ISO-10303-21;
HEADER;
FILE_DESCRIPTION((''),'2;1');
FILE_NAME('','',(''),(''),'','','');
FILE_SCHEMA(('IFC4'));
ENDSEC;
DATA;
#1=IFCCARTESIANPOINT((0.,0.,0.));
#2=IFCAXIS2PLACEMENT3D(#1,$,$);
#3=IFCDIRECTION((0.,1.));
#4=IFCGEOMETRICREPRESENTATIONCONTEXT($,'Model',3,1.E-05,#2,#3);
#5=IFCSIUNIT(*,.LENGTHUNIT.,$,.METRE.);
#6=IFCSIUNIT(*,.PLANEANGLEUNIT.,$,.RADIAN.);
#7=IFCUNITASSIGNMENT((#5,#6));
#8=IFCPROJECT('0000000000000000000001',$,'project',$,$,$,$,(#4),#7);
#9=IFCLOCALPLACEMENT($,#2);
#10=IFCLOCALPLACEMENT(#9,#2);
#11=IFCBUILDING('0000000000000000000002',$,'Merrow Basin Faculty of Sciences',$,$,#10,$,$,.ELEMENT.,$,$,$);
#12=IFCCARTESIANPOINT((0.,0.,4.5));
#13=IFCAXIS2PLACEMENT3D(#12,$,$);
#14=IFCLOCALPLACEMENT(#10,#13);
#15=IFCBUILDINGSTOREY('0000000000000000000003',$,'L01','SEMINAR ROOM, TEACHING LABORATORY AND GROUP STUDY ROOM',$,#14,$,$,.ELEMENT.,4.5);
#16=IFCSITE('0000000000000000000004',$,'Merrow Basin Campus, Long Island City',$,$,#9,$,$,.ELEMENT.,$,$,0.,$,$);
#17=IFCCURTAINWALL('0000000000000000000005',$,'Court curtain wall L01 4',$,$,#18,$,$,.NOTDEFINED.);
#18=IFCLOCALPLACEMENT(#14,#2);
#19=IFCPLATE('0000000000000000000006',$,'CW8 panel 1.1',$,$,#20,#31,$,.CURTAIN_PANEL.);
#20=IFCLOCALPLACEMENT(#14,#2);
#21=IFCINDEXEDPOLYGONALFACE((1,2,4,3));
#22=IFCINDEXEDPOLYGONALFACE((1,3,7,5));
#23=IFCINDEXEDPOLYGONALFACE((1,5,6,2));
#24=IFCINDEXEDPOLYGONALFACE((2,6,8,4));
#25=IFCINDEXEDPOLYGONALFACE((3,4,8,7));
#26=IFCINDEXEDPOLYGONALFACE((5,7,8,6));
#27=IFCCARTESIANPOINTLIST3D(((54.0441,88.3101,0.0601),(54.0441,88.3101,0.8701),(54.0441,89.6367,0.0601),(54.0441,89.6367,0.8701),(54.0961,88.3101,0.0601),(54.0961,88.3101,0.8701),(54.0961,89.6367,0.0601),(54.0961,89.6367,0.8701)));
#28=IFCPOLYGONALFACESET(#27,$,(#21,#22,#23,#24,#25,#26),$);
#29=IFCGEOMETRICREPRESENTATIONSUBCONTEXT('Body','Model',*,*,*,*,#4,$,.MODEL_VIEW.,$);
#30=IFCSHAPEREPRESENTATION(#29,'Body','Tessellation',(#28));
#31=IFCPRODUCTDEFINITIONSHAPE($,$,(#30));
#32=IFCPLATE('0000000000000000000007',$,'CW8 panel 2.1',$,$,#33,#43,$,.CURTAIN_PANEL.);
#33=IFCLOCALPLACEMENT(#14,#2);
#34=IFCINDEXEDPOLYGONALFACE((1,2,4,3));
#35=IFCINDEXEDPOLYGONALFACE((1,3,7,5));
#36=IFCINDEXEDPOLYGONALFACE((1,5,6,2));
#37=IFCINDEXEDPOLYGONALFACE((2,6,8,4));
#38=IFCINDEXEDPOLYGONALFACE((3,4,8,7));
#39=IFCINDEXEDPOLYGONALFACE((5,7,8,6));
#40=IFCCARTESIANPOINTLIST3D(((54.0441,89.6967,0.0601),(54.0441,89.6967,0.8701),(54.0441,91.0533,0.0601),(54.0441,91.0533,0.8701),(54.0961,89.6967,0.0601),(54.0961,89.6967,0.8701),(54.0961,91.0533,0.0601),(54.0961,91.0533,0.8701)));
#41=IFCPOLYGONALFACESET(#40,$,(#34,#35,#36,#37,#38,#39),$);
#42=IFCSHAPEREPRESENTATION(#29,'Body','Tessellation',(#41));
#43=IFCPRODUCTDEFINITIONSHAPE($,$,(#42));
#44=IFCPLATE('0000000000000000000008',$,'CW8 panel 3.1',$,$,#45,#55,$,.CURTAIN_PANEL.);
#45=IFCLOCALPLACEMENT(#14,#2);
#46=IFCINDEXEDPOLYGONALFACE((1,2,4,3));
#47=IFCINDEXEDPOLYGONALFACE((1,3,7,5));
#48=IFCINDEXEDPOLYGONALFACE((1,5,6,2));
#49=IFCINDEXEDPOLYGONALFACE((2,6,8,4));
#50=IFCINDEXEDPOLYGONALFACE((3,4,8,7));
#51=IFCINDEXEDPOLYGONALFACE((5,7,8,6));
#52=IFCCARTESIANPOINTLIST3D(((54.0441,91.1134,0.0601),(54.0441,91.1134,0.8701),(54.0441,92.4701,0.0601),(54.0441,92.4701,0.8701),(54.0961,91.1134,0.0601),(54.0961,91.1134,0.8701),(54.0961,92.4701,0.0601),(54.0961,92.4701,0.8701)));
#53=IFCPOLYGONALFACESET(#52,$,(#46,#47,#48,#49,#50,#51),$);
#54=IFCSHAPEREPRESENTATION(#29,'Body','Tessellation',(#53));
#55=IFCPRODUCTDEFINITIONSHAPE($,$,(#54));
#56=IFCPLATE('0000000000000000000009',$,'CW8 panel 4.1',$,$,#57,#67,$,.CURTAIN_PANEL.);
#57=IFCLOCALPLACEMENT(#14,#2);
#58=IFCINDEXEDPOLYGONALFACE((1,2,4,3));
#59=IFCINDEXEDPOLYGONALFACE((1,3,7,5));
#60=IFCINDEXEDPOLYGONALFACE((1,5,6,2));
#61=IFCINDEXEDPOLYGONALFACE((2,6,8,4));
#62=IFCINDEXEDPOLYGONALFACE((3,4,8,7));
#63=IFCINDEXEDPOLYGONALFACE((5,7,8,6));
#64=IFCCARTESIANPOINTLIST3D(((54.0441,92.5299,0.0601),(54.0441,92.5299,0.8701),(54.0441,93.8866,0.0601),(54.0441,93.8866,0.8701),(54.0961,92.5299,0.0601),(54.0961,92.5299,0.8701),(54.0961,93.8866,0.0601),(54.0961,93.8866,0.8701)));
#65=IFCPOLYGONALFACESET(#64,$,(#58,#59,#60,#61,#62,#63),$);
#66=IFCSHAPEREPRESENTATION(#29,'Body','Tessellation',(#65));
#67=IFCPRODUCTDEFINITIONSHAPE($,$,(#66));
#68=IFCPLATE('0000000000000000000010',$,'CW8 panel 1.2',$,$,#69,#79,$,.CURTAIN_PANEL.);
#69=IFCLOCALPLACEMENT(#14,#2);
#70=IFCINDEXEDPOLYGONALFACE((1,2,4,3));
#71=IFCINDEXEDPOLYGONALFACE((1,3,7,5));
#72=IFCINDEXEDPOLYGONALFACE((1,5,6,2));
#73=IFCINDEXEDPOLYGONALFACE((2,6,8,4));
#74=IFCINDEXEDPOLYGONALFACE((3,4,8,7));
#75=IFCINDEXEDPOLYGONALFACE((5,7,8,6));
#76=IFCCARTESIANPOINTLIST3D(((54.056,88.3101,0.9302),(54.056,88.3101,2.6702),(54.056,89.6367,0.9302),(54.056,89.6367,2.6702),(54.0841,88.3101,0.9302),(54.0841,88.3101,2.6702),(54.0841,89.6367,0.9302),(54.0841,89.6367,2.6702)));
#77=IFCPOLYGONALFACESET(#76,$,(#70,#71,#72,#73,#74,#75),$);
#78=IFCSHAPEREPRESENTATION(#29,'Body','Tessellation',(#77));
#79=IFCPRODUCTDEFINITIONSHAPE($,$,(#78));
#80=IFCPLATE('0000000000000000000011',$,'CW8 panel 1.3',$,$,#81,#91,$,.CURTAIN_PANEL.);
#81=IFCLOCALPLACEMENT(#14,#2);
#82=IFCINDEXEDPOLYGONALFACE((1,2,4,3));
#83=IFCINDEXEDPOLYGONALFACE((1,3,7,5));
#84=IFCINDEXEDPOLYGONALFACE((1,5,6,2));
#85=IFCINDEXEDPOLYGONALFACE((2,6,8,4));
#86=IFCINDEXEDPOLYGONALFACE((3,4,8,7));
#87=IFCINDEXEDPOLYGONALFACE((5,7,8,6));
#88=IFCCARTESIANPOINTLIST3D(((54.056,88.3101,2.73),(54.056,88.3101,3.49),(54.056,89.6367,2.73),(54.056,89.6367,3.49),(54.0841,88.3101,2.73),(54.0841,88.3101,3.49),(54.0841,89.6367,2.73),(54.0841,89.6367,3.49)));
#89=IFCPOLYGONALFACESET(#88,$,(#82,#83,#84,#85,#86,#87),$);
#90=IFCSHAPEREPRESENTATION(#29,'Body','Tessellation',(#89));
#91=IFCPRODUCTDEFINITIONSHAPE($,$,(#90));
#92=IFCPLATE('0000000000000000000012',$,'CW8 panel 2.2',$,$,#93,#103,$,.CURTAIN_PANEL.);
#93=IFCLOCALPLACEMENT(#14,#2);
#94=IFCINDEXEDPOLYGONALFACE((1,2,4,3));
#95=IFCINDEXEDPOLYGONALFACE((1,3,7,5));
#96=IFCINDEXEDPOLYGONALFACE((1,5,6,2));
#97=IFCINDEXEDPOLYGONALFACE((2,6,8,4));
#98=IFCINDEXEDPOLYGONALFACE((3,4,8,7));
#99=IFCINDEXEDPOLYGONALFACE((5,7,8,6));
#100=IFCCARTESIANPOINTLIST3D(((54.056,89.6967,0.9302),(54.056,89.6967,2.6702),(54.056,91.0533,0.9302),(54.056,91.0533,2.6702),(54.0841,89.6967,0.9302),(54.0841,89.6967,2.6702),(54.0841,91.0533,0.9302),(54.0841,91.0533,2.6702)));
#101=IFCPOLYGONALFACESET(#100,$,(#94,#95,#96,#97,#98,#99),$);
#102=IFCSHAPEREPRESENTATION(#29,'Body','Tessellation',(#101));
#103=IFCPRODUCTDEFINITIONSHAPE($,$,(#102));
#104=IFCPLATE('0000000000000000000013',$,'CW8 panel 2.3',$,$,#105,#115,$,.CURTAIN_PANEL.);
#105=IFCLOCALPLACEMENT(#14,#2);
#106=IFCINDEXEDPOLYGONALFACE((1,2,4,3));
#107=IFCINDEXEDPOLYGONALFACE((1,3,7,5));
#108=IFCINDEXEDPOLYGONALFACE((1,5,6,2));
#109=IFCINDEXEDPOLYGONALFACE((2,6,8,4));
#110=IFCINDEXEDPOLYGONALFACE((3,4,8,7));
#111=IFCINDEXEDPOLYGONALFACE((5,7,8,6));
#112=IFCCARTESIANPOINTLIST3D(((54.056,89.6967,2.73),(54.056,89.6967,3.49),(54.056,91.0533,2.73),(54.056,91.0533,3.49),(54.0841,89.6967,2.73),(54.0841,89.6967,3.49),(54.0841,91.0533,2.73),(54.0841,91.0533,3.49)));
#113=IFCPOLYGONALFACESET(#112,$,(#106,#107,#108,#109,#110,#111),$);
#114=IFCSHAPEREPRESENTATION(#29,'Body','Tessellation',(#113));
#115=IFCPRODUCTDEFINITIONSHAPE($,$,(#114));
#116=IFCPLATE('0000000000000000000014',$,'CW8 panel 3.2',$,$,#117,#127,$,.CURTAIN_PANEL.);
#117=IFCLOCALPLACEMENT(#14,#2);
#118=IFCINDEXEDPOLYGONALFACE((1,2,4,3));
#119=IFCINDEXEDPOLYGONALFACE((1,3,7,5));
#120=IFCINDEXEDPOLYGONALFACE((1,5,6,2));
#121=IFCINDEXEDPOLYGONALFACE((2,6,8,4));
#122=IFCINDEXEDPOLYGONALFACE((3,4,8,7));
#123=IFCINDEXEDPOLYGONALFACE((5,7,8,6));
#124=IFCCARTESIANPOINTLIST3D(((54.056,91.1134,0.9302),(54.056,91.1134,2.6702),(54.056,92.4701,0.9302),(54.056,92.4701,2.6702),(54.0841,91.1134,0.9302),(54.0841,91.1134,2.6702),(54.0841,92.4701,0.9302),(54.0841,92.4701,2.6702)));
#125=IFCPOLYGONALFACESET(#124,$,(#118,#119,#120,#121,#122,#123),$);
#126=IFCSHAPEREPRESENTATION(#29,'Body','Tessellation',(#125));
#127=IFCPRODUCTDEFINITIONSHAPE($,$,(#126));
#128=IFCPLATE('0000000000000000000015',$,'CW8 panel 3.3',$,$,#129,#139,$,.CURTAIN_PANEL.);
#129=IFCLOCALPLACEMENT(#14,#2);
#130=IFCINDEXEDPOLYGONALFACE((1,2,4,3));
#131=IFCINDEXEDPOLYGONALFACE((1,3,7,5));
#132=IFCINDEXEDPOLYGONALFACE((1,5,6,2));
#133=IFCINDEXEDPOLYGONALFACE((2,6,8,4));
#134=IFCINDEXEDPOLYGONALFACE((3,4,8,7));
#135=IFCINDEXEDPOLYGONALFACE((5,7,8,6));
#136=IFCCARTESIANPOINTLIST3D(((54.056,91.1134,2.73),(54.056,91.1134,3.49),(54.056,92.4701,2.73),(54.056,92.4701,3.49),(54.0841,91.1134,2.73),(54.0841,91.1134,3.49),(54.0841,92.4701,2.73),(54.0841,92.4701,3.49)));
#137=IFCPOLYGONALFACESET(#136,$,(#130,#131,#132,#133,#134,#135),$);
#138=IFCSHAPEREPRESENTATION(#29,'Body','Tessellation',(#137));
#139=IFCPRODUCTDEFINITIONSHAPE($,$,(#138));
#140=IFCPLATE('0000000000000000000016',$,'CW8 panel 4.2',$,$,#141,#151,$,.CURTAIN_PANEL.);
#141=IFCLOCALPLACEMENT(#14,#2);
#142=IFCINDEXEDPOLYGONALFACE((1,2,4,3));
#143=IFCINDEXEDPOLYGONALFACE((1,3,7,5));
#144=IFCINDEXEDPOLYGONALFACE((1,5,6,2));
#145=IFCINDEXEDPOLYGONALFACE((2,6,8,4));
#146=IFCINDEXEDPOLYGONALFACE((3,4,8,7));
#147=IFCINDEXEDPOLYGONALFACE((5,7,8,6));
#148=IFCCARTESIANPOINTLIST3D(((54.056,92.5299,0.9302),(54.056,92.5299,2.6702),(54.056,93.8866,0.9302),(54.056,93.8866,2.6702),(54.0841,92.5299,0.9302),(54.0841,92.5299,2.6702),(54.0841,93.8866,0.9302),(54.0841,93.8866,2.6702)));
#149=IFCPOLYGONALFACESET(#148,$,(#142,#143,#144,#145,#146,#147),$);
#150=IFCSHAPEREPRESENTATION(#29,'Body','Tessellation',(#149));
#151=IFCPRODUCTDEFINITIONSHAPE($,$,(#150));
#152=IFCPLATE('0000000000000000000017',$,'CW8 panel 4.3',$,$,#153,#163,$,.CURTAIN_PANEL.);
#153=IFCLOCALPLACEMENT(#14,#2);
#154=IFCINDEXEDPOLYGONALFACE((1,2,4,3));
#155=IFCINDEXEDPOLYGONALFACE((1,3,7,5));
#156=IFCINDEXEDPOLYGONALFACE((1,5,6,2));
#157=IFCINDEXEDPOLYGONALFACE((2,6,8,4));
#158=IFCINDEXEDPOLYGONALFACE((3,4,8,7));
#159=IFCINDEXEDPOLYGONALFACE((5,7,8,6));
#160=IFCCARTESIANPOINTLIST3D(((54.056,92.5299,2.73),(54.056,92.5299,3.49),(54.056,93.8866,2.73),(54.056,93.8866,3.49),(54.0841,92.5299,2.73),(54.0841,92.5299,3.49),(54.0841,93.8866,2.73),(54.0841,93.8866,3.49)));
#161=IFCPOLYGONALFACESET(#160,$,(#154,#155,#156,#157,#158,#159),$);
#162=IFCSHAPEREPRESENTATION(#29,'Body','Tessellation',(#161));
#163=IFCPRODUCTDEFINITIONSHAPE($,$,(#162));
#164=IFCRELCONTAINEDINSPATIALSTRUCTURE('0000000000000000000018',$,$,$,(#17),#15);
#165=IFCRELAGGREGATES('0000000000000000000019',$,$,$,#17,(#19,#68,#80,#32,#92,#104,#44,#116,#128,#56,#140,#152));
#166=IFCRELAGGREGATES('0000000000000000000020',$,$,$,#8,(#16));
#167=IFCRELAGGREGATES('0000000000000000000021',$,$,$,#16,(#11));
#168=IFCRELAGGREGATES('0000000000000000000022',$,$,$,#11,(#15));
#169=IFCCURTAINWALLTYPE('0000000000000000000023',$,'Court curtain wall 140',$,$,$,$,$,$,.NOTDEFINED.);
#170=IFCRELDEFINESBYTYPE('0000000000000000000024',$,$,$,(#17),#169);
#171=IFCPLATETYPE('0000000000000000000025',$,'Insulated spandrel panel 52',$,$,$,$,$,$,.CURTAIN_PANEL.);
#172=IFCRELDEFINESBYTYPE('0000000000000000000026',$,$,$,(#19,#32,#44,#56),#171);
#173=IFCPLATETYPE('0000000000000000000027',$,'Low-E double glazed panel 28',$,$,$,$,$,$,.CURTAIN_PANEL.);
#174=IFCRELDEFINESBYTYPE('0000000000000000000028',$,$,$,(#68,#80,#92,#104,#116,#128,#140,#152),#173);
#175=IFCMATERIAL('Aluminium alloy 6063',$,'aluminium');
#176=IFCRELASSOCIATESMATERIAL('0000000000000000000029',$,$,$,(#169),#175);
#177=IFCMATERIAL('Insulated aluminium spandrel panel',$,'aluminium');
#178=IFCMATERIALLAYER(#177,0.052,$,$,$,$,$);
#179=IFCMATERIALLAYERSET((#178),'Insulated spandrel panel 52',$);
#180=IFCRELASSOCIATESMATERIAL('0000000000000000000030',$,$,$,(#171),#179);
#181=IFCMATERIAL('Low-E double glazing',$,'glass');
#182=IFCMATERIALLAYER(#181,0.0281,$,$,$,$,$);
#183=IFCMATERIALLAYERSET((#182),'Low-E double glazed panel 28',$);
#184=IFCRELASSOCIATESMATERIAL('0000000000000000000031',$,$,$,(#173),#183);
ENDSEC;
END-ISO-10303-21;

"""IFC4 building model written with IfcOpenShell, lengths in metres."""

from ifc_helpers import new_model, si_unit, direction, frame, origin, origin_2d, place, context, subcontext, project, spatial, rectangle, extrude, material, layer, layer_set, type_object, element, aggregate, save


model = new_model("IFC4")

# Units and contexts
model_context = context("Model", 3, precision=1e-05, world=origin(), true_north=direction((0.0, 1.0)))
body_context = subcontext(model_context, "Body", "Model", "MODEL_VIEW")
ifc_project = project(units=[si_unit("LENGTHUNIT", "METRE"), si_unit("PLANEANGLEUNIT", "RADIAN")], contexts=[model_context])

# Site, building, storey
site_placement = place(None, origin())
site = spatial("IfcSite", under=ifc_project, at=site_placement, Name="Merrow Basin Campus, Long Island City", CompositionType="ELEMENT", RefElevation=0.0)
building_placement = place(site_placement, origin())
building = spatial("IfcBuilding", under=site, at=building_placement, Name="Merrow Basin Faculty of Sciences", CompositionType="ELEMENT")
storey_placement = place(building_placement, frame((0.0, 0.0, 4.5)))
storey = spatial("IfcBuildingStorey", under=building, at=storey_placement, Name="L01", Description="SEMINAR ROOM, TEACHING LABORATORY AND GROUP STUDY ROOM", CompositionType="ELEMENT", Elevation=4.5)

# Curtain wall, plates
ifc_material_1 = material(Name="Aluminium alloy 6063", Category="aluminium")
curtain_wall_type = type_object("IfcCurtainWallType", Name="Court curtain wall 140", PredefinedType="NOTDEFINED", material=ifc_material_1)
curtain_wall_placement = place(storey_placement, origin())
curtain_wall = element("IfcCurtainWall", 1, at=curtain_wall_placement, inside=storey, type_object=curtain_wall_type, Name="Court curtain wall L01 4", PredefinedType="NOTDEFINED")
ifc_material_2 = material(Name="Insulated aluminium spandrel panel", Category="aluminium")
ifc_layer_1 = layer(ifc_material_2, 0.052)
ifc_layer_set_1 = layer_set([ifc_layer_1], Name="Insulated spandrel panel 52")
plate_type_1 = type_object("IfcPlateType", Name="Insulated spandrel panel 52", PredefinedType="CURTAIN_PANEL", material=ifc_layer_set_1)
plate_1_placement = place(storey_placement, frame((54.0701, 88.9734, 0.0601), z_axis=(0.0, 0.0, 1.0), x_axis=(0.0, 1.0, 0.0)))
plate_1 = element("IfcPlate", 2, at=plate_1_placement, type_object=plate_type_1, Name="CW8 panel 1.1", PredefinedType="CURTAIN_PANEL", context=body_context, shape_type="SweptSolid", body=[
    extrude(rectangle(XDim=1.3267, YDim=0.052, at=origin_2d()), origin(), (0.0, 0.0, 1.0), 0.8101),
])
plate_2_placement = place(storey_placement, frame((54.0701, 90.375, 0.0601), z_axis=(0.0, 0.0, 1.0), x_axis=(0.0, 1.0, 0.0)))
plate_2 = element("IfcPlate", 3, at=plate_2_placement, type_object=plate_type_1, Name="CW8 panel 2.1", PredefinedType="CURTAIN_PANEL", context=body_context, shape_type="SweptSolid", body=[
    extrude(rectangle(XDim=1.3567, YDim=0.052, at=origin_2d()), origin(), (0.0, 0.0, 1.0), 0.8101),
])
plate_3_placement = place(storey_placement, frame((54.0701, 91.7917, 0.0601), z_axis=(0.0, 0.0, 1.0), x_axis=(0.0, 1.0, 0.0)))
plate_3 = element("IfcPlate", 4, at=plate_3_placement, type_object=plate_type_1, Name="CW8 panel 3.1", PredefinedType="CURTAIN_PANEL", context=body_context, shape_type="SweptSolid", body=[
    extrude(rectangle(XDim=1.3567, YDim=0.052, at=origin_2d()), origin(), (0.0, 0.0, 1.0), 0.8101),
])
plate_4_placement = place(storey_placement, frame((54.0701, 93.2083, 0.0601), z_axis=(0.0, 0.0, 1.0), x_axis=(0.0, 1.0, 0.0)))
plate_4 = element("IfcPlate", 5, at=plate_4_placement, type_object=plate_type_1, Name="CW8 panel 4.1", PredefinedType="CURTAIN_PANEL", context=body_context, shape_type="SweptSolid", body=[
    extrude(rectangle(XDim=1.3567, YDim=0.052, at=origin_2d()), origin(), (0.0, 0.0, 1.0), 0.8101),
])
ifc_material_3 = material(Name="Low-E double glazing", Category="glass")
ifc_layer_2 = layer(ifc_material_3, 0.0281)
ifc_layer_set_2 = layer_set([ifc_layer_2], Name="Low-E double glazed panel 28")
plate_type_2 = type_object("IfcPlateType", Name="Low-E double glazed panel 28", PredefinedType="CURTAIN_PANEL", material=ifc_layer_set_2)
plate_5_placement = place(storey_placement, frame((54.0701, 88.9734, 0.9302), z_axis=(0.0, 0.0, 1.0), x_axis=(0.0, 1.0, 0.0)))
plate_5 = element("IfcPlate", 6, at=plate_5_placement, type_object=plate_type_2, Name="CW8 panel 1.2", PredefinedType="CURTAIN_PANEL", context=body_context, shape_type="SweptSolid", body=[
    extrude(rectangle(XDim=1.3267, YDim=0.0281, at=origin_2d()), origin(), (0.0, 0.0, 1.0), 1.74),
])
plate_6_placement = place(storey_placement, frame((54.0701, 88.9734, 2.73), z_axis=(0.0, 0.0, 1.0), x_axis=(0.0, 1.0, 0.0)))
plate_6 = element("IfcPlate", 7, at=plate_6_placement, type_object=plate_type_2, Name="CW8 panel 1.3", PredefinedType="CURTAIN_PANEL", context=body_context, shape_type="SweptSolid", body=[
    extrude(rectangle(XDim=1.3267, YDim=0.0281, at=origin_2d()), origin(), (0.0, 0.0, 1.0), 0.76),
])
plate_7_placement = place(storey_placement, frame((54.0701, 90.375, 0.9302), z_axis=(0.0, 0.0, 1.0), x_axis=(0.0, 1.0, 0.0)))
plate_7 = element("IfcPlate", 8, at=plate_7_placement, type_object=plate_type_2, Name="CW8 panel 2.2", PredefinedType="CURTAIN_PANEL", context=body_context, shape_type="SweptSolid", body=[
    extrude(rectangle(XDim=1.3567, YDim=0.0281, at=origin_2d()), origin(), (0.0, 0.0, 1.0), 1.74),
])
plate_8_placement = place(storey_placement, frame((54.0701, 90.375, 2.73), z_axis=(0.0, 0.0, 1.0), x_axis=(0.0, 1.0, 0.0)))
plate_8 = element("IfcPlate", 9, at=plate_8_placement, type_object=plate_type_2, Name="CW8 panel 2.3", PredefinedType="CURTAIN_PANEL", context=body_context, shape_type="SweptSolid", body=[
    extrude(rectangle(XDim=1.3567, YDim=0.0281, at=origin_2d()), origin(), (0.0, 0.0, 1.0), 0.76),
])
plate_9_placement = place(storey_placement, frame((54.0701, 91.7917, 0.9302), z_axis=(0.0, 0.0, 1.0), x_axis=(0.0, 1.0, 0.0)))
plate_9 = element("IfcPlate", 10, at=plate_9_placement, type_object=plate_type_2, Name="CW8 panel 3.2", PredefinedType="CURTAIN_PANEL", context=body_context, shape_type="SweptSolid", body=[
    extrude(rectangle(XDim=1.3567, YDim=0.0281, at=origin_2d()), origin(), (0.0, 0.0, 1.0), 1.74),
])
plate_10_placement = place(storey_placement, frame((54.0701, 91.7917, 2.73), z_axis=(0.0, 0.0, 1.0), x_axis=(0.0, 1.0, 0.0)))
plate_10 = element("IfcPlate", 11, at=plate_10_placement, type_object=plate_type_2, Name="CW8 panel 3.3", PredefinedType="CURTAIN_PANEL", context=body_context, shape_type="SweptSolid", body=[
    extrude(rectangle(XDim=1.3567, YDim=0.0281, at=origin_2d()), origin(), (0.0, 0.0, 1.0), 0.76),
])
plate_11_placement = place(storey_placement, frame((54.0701, 93.2083, 0.9302), z_axis=(0.0, 0.0, 1.0), x_axis=(0.0, 1.0, 0.0)))
plate_11 = element("IfcPlate", 12, at=plate_11_placement, type_object=plate_type_2, Name="CW8 panel 4.2", PredefinedType="CURTAIN_PANEL", context=body_context, shape_type="SweptSolid", body=[
    extrude(rectangle(XDim=1.3567, YDim=0.0281, at=origin_2d()), origin(), (0.0, 0.0, 1.0), 1.74),
])
plate_12_placement = place(storey_placement, frame((54.0701, 93.2083, 2.73), z_axis=(0.0, 0.0, 1.0), x_axis=(0.0, 1.0, 0.0)))
plate_12 = element("IfcPlate", 13, at=plate_12_placement, type_object=plate_type_2, Name="CW8 panel 4.3", PredefinedType="CURTAIN_PANEL", context=body_context, shape_type="SweptSolid", body=[
    extrude(rectangle(XDim=1.3567, YDim=0.0281, at=origin_2d()), origin(), (0.0, 0.0, 1.0), 0.76),
])
aggregate(curtain_wall, [plate_1, plate_5, plate_6, plate_2, plate_7, plate_8, plate_3, plate_9, plate_10, plate_4, plate_11, plate_12])

save(model, "model.ifc")
